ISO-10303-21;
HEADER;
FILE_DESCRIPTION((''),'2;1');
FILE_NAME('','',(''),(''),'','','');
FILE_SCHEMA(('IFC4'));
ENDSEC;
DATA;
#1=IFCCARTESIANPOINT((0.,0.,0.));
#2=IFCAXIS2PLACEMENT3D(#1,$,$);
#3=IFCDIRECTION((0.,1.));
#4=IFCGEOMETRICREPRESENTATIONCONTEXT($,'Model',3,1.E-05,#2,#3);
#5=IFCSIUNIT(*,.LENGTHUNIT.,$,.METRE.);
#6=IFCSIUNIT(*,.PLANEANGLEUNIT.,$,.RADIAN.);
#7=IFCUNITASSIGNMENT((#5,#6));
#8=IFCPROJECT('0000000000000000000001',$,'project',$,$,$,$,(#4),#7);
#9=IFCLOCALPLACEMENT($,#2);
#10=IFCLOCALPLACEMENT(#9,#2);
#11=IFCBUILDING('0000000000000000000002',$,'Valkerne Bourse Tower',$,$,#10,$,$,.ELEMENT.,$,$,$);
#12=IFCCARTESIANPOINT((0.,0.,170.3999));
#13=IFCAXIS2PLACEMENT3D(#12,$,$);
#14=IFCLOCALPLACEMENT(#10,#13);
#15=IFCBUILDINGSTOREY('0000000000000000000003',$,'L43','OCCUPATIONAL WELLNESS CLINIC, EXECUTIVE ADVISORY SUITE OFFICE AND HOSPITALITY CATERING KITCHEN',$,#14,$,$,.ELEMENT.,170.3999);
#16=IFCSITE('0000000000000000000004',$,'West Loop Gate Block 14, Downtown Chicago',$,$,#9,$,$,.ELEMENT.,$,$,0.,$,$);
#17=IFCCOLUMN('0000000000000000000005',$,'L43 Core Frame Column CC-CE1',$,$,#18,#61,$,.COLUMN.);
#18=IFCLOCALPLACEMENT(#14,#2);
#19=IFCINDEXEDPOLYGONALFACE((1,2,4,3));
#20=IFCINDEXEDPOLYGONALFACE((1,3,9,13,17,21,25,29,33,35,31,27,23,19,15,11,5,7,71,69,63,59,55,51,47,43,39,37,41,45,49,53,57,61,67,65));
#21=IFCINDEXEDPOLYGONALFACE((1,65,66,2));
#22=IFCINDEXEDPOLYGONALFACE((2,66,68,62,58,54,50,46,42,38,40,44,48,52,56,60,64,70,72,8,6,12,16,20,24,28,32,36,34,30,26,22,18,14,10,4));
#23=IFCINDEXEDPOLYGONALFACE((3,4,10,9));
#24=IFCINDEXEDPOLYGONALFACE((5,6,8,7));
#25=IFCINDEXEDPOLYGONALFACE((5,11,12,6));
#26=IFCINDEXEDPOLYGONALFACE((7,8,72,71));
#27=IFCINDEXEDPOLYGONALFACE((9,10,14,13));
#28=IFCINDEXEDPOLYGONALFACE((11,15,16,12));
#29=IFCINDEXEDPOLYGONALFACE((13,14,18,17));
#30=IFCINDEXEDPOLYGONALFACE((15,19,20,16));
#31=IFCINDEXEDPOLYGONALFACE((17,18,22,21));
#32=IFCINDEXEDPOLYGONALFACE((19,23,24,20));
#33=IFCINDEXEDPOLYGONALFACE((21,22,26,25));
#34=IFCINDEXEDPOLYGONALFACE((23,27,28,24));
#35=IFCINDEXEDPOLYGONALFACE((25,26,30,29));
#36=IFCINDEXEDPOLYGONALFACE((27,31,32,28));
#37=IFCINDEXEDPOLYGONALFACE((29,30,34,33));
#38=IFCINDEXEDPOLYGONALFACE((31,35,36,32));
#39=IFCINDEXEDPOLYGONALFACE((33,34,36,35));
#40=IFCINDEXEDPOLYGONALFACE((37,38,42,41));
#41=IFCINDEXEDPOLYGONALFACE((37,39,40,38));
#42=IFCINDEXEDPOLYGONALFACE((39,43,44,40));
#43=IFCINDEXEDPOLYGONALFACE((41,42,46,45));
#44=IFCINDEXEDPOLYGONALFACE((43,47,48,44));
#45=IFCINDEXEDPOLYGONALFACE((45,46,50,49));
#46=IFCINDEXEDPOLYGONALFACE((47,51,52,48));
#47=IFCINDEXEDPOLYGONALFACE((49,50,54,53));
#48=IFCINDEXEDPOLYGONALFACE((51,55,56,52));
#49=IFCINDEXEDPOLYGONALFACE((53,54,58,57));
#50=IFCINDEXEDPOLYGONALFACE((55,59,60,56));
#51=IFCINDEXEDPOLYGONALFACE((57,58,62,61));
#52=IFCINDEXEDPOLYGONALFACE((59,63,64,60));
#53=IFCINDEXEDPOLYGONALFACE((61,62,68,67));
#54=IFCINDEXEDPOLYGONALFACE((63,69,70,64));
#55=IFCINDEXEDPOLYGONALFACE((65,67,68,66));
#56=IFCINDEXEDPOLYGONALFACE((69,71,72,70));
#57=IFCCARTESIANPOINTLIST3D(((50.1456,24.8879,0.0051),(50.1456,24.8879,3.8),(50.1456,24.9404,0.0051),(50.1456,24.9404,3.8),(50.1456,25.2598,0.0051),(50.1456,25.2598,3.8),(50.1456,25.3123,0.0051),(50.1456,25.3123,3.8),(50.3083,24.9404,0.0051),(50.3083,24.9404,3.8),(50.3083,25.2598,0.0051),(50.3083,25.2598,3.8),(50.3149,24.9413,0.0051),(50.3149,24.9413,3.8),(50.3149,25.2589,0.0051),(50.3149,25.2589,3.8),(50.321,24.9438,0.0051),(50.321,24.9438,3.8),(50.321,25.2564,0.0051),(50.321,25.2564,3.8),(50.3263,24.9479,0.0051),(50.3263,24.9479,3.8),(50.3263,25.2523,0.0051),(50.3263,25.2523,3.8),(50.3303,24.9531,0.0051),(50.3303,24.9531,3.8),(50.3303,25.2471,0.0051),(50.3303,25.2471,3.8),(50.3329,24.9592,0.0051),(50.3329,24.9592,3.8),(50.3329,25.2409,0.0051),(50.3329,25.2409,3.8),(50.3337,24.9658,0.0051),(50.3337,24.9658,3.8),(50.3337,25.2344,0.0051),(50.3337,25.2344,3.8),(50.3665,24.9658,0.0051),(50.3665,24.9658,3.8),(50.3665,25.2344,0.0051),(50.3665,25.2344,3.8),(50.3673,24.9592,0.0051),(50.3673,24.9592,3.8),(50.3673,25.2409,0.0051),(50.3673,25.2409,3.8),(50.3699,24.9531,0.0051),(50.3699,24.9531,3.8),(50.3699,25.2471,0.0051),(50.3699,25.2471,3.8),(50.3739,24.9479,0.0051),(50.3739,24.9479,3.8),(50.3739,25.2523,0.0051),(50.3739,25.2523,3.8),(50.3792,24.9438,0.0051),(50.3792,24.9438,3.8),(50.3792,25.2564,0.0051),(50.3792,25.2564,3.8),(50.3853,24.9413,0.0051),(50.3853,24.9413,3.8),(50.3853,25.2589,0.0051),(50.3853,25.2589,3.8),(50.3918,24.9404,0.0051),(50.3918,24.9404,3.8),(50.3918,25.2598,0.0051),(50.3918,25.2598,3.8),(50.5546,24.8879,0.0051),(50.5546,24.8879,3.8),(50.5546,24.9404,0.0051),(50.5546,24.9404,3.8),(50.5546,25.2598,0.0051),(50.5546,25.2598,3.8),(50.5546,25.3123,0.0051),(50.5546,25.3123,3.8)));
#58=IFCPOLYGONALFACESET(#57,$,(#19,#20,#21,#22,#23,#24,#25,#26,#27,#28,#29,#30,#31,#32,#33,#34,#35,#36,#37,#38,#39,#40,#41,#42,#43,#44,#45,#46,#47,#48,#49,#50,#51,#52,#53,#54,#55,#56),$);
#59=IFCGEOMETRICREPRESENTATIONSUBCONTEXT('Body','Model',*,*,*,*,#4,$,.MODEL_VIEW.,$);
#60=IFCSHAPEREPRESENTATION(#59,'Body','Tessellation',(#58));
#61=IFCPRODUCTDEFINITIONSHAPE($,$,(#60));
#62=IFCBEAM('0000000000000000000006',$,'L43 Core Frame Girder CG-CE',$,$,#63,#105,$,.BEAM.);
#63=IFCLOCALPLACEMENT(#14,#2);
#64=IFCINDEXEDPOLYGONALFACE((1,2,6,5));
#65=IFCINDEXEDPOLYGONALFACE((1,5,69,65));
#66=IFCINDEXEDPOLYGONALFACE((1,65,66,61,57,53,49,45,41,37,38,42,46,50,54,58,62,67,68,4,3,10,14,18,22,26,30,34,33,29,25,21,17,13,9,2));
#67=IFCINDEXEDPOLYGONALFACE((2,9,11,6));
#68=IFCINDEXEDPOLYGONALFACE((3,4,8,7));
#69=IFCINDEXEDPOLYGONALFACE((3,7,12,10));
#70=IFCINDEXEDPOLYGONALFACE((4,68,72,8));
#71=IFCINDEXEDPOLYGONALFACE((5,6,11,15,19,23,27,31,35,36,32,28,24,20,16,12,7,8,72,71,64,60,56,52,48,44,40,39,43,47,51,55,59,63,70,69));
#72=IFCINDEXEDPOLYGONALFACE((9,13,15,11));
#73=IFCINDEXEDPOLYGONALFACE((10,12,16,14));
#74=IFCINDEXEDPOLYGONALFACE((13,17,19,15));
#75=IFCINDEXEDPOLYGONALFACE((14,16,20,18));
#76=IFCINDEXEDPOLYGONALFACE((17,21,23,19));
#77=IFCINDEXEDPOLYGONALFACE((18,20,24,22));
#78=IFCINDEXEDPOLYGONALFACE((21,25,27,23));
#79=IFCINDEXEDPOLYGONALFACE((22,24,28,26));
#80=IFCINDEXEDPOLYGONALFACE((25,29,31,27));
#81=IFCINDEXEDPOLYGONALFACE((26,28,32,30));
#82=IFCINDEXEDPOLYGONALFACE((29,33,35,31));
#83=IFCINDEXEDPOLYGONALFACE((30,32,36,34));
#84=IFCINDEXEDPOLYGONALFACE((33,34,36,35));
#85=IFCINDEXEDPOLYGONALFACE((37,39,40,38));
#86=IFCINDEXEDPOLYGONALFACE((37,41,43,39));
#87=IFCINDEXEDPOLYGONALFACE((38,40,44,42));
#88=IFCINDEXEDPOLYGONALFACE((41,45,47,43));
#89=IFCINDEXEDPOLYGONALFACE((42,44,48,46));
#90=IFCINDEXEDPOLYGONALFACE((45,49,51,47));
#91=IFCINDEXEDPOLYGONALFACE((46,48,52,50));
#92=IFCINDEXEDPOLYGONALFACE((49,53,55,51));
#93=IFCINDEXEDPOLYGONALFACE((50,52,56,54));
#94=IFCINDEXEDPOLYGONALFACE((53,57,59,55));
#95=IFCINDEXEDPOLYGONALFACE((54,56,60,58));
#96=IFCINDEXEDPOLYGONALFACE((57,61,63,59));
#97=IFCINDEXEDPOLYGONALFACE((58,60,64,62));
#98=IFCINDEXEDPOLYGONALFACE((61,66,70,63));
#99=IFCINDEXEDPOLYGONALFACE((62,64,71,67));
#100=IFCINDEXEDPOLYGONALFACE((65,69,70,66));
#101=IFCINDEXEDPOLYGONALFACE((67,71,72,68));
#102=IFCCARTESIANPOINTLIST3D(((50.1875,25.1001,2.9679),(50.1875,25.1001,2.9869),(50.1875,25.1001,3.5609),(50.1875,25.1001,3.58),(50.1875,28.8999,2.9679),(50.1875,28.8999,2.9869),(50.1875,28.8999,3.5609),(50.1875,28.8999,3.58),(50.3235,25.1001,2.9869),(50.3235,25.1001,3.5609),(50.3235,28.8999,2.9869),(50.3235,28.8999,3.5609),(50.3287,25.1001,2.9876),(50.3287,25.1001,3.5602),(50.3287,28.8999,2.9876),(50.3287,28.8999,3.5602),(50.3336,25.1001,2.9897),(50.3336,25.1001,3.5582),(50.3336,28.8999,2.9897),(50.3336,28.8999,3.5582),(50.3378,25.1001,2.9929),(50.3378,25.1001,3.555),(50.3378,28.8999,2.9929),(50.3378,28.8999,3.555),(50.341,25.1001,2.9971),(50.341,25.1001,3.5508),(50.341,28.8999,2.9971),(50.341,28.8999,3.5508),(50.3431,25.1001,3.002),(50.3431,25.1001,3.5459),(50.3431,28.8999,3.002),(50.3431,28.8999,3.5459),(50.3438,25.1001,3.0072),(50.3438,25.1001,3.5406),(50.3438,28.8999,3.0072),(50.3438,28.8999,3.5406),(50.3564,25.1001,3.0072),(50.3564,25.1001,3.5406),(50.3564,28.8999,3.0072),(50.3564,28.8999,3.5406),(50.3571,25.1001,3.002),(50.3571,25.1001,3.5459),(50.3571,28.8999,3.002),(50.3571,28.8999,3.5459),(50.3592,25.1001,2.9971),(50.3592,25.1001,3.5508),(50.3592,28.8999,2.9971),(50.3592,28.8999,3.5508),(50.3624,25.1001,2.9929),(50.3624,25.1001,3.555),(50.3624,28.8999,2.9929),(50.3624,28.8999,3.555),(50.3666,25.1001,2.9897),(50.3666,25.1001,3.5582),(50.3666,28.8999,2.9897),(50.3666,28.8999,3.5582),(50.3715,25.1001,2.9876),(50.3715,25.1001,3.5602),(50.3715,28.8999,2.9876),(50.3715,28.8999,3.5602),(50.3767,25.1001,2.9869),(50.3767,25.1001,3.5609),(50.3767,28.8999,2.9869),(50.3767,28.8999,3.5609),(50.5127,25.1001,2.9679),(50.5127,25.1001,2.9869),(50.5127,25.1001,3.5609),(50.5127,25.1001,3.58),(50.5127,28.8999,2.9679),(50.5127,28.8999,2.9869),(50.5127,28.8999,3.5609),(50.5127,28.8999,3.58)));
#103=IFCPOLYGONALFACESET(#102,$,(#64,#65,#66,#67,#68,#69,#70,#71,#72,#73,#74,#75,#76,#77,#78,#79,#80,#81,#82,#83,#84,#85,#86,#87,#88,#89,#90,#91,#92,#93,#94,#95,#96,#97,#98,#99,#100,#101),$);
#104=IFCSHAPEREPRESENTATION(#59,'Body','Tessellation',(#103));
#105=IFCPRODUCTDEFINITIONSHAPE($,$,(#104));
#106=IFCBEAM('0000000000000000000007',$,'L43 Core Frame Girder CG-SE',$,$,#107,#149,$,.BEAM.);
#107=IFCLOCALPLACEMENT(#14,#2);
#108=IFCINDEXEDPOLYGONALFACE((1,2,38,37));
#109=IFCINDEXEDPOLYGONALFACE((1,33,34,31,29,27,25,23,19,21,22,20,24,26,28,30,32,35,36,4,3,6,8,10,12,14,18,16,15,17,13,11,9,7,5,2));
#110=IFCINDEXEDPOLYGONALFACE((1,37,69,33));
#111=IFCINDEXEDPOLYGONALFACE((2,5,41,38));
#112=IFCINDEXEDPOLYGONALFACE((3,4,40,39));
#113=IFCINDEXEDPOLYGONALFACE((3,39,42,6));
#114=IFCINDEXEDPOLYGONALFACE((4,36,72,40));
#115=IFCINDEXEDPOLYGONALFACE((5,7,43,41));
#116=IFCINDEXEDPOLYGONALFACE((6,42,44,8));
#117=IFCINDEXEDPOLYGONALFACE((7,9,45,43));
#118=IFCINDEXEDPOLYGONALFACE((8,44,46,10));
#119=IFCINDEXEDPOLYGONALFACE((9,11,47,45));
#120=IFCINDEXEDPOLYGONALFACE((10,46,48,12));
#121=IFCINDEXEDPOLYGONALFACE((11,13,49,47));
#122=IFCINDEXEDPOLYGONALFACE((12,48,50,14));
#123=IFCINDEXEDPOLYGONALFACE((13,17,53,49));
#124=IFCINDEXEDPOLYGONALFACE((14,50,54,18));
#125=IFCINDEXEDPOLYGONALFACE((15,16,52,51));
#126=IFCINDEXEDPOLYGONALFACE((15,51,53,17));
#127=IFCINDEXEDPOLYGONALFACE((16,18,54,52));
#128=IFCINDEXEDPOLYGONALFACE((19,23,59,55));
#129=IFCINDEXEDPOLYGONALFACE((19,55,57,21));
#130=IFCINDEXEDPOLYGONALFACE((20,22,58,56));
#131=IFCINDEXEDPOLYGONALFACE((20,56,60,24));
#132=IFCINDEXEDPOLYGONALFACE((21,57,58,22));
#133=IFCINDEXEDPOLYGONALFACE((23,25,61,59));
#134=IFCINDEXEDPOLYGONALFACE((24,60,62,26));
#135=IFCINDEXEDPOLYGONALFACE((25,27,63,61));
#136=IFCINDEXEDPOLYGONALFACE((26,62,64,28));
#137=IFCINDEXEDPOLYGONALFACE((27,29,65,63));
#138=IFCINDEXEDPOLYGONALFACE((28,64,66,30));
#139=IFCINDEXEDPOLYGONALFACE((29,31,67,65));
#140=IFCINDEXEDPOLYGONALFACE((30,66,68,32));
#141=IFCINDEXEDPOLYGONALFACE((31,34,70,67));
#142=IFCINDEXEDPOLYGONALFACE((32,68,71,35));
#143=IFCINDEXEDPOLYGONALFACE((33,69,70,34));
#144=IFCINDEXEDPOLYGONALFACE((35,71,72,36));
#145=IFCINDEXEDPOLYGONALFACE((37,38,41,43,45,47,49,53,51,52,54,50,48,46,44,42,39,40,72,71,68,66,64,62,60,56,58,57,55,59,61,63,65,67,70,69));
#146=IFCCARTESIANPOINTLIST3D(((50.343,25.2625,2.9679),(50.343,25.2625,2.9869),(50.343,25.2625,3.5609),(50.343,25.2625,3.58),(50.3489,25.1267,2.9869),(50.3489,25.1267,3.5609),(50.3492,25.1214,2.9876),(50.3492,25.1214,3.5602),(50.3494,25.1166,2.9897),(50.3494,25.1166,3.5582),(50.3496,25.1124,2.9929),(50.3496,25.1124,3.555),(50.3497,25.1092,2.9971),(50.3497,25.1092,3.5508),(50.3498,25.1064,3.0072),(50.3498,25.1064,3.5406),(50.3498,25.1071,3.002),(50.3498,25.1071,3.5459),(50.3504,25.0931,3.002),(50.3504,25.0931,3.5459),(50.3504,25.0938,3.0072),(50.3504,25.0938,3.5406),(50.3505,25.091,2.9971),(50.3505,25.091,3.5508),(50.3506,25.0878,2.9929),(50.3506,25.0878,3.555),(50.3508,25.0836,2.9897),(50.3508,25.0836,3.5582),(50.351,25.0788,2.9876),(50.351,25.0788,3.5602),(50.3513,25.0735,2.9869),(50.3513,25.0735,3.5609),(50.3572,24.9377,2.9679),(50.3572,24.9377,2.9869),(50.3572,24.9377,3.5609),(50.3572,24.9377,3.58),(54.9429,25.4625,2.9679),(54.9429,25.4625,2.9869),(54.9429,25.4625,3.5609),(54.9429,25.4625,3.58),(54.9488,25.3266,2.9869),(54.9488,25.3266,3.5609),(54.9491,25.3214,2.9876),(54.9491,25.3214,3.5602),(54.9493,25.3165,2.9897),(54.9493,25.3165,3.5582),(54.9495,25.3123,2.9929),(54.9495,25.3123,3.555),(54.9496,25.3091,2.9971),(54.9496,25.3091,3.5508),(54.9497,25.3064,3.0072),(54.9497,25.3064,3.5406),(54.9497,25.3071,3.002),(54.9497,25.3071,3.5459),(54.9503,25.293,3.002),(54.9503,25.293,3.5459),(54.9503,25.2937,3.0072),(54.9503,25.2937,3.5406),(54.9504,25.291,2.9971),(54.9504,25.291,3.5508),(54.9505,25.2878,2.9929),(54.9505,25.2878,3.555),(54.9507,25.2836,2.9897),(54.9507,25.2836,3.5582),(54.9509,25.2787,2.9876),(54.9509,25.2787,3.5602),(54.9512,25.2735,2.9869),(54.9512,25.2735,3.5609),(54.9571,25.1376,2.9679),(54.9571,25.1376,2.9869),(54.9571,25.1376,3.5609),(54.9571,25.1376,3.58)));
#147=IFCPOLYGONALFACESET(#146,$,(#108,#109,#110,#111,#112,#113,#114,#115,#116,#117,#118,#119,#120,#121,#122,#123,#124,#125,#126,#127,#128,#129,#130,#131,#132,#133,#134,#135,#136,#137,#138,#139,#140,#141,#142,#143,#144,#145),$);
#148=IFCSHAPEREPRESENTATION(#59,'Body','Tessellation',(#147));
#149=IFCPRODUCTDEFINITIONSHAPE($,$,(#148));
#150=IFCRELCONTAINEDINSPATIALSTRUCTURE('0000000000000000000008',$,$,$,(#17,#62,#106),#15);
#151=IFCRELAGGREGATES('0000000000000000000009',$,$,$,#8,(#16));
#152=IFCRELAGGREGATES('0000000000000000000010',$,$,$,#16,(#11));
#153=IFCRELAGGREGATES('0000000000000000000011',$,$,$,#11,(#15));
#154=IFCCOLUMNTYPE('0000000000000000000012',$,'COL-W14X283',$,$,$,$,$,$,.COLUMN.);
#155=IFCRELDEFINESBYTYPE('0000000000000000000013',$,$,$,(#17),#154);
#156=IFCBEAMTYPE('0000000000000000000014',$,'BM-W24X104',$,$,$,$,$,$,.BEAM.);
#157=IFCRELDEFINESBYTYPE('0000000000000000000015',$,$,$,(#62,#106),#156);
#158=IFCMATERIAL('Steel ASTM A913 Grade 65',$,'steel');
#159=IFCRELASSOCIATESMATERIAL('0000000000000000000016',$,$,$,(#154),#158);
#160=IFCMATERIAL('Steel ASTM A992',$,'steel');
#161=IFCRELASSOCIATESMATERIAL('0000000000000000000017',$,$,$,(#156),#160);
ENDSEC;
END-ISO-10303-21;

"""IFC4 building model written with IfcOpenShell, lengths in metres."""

from ifc_helpers import new_model, si_unit, direction, frame, origin, origin_2d, place, context, subcontext, project, spatial, i_section, extrude, material, material_profile, profile_set, type_object, element, save


model = new_model("IFC4")

# Units and contexts
model_context = context("Model", 3, precision=1e-05, world=origin(), true_north=direction((0.0, 1.0)))
body_context = subcontext(model_context, "Body", "Model", "MODEL_VIEW")
ifc_project = project(units=[si_unit("LENGTHUNIT", "METRE"), si_unit("PLANEANGLEUNIT", "RADIAN")], contexts=[model_context])

# Site, building, storey
site_placement = place(None, origin())
site = spatial("IfcSite", under=ifc_project, at=site_placement, Name="West Loop Gate Block 14, Downtown Chicago", CompositionType="ELEMENT", RefElevation=0.0)
building_placement = place(site_placement, origin())
building = spatial("IfcBuilding", under=site, at=building_placement, Name="Valkerne Bourse Tower", CompositionType="ELEMENT")
storey_placement = place(building_placement, frame((0.0, 0.0, 170.3999)))
storey = spatial("IfcBuildingStorey", under=building, at=storey_placement, Name="L43", Description="OCCUPATIONAL WELLNESS CLINIC, EXECUTIVE ADVISORY SUITE OFFICE AND HOSPITALITY CATERING KITCHEN", CompositionType="ELEMENT", Elevation=170.3999)

# Column
ifc_material_1 = material(Name="Steel ASTM A913 Grade 65", Category="steel")
ifc_material_profile_1 = material_profile(ifc_material_1, i_section(OverallWidth=0.4089, OverallDepth=0.4243, WebThickness=0.0327, FlangeThickness=0.0525, FilletRadius=0.0254, at=origin_2d()), Name="W14X283")
ifc_profile_set_1 = profile_set([ifc_material_profile_1], Name="Steel ASTM A913 Grade 65")
column_type = type_object("IfcColumnType", Name="COL-W14X283", PredefinedType="COLUMN", material=ifc_profile_set_1)
column_placement = place(storey_placement, frame((50.3501, 25.1001, 0.0051), z_axis=(0.0, 0.0, 1.0), x_axis=(1.0, 0.0, 0.0)))
element("IfcColumn", 1, at=column_placement, inside=storey, type_object=column_type, Name="L43 Core Frame Column CC-CE1", PredefinedType="COLUMN", context=body_context, shape_type="SweptSolid", body=[
    extrude(i_section(OverallWidth=0.4089, OverallDepth=0.4243, WebThickness=0.0327, FlangeThickness=0.0525, FilletRadius=0.0254, at=origin_2d()), origin(), (0.0, 0.0, 1.0), 3.7949),
])

# Beams
ifc_material_2 = material(Name="Steel ASTM A992", Category="steel")
ifc_material_profile_2 = material_profile(ifc_material_2, i_section(OverallWidth=0.3252, OverallDepth=0.6121, WebThickness=0.0127, FlangeThickness=0.019, FilletRadius=0.0203, at=origin_2d()), Name="W24X104")
ifc_profile_set_2 = profile_set([ifc_material_profile_2], Name="Steel ASTM A992")
beam_type = type_object("IfcBeamType", Name="BM-W24X104", PredefinedType="BEAM", material=ifc_profile_set_2)
beam_1_placement = place(storey_placement, frame((50.3501, 25.1001, 3.2739), z_axis=(0.0, 1.0, 0.0), x_axis=(-1.0, 0.0, 0.0)))
element("IfcBeam", 2, at=beam_1_placement, inside=storey, type_object=beam_type, Name="L43 Core Frame Girder CG-CE", PredefinedType="BEAM", context=body_context, shape_type="SweptSolid", body=[
    extrude(i_section(OverallWidth=0.3252, OverallDepth=0.6121, WebThickness=0.0127, FlangeThickness=0.019, FilletRadius=0.0203, at=origin_2d()), origin(), (0.0, 0.0, 1.0), 3.7998),
])
beam_2_placement = place(storey_placement, frame((50.3501, 25.1001, 3.2739), z_axis=(0.999057, 0.043428, 0.0), x_axis=(-0.043428, 0.999057, 0.0)))
element("IfcBeam", 3, at=beam_2_placement, inside=storey, type_object=beam_type, Name="L43 Core Frame Girder CG-SE", PredefinedType="BEAM", context=body_context, shape_type="SweptSolid", body=[
    extrude(i_section(OverallWidth=0.3252, OverallDepth=0.6121, WebThickness=0.0127, FlangeThickness=0.019, FilletRadius=0.0203, at=origin_2d()), origin(), (0.0, 0.0, 1.0), 4.6042),
])

save(model, "model.ifc")
